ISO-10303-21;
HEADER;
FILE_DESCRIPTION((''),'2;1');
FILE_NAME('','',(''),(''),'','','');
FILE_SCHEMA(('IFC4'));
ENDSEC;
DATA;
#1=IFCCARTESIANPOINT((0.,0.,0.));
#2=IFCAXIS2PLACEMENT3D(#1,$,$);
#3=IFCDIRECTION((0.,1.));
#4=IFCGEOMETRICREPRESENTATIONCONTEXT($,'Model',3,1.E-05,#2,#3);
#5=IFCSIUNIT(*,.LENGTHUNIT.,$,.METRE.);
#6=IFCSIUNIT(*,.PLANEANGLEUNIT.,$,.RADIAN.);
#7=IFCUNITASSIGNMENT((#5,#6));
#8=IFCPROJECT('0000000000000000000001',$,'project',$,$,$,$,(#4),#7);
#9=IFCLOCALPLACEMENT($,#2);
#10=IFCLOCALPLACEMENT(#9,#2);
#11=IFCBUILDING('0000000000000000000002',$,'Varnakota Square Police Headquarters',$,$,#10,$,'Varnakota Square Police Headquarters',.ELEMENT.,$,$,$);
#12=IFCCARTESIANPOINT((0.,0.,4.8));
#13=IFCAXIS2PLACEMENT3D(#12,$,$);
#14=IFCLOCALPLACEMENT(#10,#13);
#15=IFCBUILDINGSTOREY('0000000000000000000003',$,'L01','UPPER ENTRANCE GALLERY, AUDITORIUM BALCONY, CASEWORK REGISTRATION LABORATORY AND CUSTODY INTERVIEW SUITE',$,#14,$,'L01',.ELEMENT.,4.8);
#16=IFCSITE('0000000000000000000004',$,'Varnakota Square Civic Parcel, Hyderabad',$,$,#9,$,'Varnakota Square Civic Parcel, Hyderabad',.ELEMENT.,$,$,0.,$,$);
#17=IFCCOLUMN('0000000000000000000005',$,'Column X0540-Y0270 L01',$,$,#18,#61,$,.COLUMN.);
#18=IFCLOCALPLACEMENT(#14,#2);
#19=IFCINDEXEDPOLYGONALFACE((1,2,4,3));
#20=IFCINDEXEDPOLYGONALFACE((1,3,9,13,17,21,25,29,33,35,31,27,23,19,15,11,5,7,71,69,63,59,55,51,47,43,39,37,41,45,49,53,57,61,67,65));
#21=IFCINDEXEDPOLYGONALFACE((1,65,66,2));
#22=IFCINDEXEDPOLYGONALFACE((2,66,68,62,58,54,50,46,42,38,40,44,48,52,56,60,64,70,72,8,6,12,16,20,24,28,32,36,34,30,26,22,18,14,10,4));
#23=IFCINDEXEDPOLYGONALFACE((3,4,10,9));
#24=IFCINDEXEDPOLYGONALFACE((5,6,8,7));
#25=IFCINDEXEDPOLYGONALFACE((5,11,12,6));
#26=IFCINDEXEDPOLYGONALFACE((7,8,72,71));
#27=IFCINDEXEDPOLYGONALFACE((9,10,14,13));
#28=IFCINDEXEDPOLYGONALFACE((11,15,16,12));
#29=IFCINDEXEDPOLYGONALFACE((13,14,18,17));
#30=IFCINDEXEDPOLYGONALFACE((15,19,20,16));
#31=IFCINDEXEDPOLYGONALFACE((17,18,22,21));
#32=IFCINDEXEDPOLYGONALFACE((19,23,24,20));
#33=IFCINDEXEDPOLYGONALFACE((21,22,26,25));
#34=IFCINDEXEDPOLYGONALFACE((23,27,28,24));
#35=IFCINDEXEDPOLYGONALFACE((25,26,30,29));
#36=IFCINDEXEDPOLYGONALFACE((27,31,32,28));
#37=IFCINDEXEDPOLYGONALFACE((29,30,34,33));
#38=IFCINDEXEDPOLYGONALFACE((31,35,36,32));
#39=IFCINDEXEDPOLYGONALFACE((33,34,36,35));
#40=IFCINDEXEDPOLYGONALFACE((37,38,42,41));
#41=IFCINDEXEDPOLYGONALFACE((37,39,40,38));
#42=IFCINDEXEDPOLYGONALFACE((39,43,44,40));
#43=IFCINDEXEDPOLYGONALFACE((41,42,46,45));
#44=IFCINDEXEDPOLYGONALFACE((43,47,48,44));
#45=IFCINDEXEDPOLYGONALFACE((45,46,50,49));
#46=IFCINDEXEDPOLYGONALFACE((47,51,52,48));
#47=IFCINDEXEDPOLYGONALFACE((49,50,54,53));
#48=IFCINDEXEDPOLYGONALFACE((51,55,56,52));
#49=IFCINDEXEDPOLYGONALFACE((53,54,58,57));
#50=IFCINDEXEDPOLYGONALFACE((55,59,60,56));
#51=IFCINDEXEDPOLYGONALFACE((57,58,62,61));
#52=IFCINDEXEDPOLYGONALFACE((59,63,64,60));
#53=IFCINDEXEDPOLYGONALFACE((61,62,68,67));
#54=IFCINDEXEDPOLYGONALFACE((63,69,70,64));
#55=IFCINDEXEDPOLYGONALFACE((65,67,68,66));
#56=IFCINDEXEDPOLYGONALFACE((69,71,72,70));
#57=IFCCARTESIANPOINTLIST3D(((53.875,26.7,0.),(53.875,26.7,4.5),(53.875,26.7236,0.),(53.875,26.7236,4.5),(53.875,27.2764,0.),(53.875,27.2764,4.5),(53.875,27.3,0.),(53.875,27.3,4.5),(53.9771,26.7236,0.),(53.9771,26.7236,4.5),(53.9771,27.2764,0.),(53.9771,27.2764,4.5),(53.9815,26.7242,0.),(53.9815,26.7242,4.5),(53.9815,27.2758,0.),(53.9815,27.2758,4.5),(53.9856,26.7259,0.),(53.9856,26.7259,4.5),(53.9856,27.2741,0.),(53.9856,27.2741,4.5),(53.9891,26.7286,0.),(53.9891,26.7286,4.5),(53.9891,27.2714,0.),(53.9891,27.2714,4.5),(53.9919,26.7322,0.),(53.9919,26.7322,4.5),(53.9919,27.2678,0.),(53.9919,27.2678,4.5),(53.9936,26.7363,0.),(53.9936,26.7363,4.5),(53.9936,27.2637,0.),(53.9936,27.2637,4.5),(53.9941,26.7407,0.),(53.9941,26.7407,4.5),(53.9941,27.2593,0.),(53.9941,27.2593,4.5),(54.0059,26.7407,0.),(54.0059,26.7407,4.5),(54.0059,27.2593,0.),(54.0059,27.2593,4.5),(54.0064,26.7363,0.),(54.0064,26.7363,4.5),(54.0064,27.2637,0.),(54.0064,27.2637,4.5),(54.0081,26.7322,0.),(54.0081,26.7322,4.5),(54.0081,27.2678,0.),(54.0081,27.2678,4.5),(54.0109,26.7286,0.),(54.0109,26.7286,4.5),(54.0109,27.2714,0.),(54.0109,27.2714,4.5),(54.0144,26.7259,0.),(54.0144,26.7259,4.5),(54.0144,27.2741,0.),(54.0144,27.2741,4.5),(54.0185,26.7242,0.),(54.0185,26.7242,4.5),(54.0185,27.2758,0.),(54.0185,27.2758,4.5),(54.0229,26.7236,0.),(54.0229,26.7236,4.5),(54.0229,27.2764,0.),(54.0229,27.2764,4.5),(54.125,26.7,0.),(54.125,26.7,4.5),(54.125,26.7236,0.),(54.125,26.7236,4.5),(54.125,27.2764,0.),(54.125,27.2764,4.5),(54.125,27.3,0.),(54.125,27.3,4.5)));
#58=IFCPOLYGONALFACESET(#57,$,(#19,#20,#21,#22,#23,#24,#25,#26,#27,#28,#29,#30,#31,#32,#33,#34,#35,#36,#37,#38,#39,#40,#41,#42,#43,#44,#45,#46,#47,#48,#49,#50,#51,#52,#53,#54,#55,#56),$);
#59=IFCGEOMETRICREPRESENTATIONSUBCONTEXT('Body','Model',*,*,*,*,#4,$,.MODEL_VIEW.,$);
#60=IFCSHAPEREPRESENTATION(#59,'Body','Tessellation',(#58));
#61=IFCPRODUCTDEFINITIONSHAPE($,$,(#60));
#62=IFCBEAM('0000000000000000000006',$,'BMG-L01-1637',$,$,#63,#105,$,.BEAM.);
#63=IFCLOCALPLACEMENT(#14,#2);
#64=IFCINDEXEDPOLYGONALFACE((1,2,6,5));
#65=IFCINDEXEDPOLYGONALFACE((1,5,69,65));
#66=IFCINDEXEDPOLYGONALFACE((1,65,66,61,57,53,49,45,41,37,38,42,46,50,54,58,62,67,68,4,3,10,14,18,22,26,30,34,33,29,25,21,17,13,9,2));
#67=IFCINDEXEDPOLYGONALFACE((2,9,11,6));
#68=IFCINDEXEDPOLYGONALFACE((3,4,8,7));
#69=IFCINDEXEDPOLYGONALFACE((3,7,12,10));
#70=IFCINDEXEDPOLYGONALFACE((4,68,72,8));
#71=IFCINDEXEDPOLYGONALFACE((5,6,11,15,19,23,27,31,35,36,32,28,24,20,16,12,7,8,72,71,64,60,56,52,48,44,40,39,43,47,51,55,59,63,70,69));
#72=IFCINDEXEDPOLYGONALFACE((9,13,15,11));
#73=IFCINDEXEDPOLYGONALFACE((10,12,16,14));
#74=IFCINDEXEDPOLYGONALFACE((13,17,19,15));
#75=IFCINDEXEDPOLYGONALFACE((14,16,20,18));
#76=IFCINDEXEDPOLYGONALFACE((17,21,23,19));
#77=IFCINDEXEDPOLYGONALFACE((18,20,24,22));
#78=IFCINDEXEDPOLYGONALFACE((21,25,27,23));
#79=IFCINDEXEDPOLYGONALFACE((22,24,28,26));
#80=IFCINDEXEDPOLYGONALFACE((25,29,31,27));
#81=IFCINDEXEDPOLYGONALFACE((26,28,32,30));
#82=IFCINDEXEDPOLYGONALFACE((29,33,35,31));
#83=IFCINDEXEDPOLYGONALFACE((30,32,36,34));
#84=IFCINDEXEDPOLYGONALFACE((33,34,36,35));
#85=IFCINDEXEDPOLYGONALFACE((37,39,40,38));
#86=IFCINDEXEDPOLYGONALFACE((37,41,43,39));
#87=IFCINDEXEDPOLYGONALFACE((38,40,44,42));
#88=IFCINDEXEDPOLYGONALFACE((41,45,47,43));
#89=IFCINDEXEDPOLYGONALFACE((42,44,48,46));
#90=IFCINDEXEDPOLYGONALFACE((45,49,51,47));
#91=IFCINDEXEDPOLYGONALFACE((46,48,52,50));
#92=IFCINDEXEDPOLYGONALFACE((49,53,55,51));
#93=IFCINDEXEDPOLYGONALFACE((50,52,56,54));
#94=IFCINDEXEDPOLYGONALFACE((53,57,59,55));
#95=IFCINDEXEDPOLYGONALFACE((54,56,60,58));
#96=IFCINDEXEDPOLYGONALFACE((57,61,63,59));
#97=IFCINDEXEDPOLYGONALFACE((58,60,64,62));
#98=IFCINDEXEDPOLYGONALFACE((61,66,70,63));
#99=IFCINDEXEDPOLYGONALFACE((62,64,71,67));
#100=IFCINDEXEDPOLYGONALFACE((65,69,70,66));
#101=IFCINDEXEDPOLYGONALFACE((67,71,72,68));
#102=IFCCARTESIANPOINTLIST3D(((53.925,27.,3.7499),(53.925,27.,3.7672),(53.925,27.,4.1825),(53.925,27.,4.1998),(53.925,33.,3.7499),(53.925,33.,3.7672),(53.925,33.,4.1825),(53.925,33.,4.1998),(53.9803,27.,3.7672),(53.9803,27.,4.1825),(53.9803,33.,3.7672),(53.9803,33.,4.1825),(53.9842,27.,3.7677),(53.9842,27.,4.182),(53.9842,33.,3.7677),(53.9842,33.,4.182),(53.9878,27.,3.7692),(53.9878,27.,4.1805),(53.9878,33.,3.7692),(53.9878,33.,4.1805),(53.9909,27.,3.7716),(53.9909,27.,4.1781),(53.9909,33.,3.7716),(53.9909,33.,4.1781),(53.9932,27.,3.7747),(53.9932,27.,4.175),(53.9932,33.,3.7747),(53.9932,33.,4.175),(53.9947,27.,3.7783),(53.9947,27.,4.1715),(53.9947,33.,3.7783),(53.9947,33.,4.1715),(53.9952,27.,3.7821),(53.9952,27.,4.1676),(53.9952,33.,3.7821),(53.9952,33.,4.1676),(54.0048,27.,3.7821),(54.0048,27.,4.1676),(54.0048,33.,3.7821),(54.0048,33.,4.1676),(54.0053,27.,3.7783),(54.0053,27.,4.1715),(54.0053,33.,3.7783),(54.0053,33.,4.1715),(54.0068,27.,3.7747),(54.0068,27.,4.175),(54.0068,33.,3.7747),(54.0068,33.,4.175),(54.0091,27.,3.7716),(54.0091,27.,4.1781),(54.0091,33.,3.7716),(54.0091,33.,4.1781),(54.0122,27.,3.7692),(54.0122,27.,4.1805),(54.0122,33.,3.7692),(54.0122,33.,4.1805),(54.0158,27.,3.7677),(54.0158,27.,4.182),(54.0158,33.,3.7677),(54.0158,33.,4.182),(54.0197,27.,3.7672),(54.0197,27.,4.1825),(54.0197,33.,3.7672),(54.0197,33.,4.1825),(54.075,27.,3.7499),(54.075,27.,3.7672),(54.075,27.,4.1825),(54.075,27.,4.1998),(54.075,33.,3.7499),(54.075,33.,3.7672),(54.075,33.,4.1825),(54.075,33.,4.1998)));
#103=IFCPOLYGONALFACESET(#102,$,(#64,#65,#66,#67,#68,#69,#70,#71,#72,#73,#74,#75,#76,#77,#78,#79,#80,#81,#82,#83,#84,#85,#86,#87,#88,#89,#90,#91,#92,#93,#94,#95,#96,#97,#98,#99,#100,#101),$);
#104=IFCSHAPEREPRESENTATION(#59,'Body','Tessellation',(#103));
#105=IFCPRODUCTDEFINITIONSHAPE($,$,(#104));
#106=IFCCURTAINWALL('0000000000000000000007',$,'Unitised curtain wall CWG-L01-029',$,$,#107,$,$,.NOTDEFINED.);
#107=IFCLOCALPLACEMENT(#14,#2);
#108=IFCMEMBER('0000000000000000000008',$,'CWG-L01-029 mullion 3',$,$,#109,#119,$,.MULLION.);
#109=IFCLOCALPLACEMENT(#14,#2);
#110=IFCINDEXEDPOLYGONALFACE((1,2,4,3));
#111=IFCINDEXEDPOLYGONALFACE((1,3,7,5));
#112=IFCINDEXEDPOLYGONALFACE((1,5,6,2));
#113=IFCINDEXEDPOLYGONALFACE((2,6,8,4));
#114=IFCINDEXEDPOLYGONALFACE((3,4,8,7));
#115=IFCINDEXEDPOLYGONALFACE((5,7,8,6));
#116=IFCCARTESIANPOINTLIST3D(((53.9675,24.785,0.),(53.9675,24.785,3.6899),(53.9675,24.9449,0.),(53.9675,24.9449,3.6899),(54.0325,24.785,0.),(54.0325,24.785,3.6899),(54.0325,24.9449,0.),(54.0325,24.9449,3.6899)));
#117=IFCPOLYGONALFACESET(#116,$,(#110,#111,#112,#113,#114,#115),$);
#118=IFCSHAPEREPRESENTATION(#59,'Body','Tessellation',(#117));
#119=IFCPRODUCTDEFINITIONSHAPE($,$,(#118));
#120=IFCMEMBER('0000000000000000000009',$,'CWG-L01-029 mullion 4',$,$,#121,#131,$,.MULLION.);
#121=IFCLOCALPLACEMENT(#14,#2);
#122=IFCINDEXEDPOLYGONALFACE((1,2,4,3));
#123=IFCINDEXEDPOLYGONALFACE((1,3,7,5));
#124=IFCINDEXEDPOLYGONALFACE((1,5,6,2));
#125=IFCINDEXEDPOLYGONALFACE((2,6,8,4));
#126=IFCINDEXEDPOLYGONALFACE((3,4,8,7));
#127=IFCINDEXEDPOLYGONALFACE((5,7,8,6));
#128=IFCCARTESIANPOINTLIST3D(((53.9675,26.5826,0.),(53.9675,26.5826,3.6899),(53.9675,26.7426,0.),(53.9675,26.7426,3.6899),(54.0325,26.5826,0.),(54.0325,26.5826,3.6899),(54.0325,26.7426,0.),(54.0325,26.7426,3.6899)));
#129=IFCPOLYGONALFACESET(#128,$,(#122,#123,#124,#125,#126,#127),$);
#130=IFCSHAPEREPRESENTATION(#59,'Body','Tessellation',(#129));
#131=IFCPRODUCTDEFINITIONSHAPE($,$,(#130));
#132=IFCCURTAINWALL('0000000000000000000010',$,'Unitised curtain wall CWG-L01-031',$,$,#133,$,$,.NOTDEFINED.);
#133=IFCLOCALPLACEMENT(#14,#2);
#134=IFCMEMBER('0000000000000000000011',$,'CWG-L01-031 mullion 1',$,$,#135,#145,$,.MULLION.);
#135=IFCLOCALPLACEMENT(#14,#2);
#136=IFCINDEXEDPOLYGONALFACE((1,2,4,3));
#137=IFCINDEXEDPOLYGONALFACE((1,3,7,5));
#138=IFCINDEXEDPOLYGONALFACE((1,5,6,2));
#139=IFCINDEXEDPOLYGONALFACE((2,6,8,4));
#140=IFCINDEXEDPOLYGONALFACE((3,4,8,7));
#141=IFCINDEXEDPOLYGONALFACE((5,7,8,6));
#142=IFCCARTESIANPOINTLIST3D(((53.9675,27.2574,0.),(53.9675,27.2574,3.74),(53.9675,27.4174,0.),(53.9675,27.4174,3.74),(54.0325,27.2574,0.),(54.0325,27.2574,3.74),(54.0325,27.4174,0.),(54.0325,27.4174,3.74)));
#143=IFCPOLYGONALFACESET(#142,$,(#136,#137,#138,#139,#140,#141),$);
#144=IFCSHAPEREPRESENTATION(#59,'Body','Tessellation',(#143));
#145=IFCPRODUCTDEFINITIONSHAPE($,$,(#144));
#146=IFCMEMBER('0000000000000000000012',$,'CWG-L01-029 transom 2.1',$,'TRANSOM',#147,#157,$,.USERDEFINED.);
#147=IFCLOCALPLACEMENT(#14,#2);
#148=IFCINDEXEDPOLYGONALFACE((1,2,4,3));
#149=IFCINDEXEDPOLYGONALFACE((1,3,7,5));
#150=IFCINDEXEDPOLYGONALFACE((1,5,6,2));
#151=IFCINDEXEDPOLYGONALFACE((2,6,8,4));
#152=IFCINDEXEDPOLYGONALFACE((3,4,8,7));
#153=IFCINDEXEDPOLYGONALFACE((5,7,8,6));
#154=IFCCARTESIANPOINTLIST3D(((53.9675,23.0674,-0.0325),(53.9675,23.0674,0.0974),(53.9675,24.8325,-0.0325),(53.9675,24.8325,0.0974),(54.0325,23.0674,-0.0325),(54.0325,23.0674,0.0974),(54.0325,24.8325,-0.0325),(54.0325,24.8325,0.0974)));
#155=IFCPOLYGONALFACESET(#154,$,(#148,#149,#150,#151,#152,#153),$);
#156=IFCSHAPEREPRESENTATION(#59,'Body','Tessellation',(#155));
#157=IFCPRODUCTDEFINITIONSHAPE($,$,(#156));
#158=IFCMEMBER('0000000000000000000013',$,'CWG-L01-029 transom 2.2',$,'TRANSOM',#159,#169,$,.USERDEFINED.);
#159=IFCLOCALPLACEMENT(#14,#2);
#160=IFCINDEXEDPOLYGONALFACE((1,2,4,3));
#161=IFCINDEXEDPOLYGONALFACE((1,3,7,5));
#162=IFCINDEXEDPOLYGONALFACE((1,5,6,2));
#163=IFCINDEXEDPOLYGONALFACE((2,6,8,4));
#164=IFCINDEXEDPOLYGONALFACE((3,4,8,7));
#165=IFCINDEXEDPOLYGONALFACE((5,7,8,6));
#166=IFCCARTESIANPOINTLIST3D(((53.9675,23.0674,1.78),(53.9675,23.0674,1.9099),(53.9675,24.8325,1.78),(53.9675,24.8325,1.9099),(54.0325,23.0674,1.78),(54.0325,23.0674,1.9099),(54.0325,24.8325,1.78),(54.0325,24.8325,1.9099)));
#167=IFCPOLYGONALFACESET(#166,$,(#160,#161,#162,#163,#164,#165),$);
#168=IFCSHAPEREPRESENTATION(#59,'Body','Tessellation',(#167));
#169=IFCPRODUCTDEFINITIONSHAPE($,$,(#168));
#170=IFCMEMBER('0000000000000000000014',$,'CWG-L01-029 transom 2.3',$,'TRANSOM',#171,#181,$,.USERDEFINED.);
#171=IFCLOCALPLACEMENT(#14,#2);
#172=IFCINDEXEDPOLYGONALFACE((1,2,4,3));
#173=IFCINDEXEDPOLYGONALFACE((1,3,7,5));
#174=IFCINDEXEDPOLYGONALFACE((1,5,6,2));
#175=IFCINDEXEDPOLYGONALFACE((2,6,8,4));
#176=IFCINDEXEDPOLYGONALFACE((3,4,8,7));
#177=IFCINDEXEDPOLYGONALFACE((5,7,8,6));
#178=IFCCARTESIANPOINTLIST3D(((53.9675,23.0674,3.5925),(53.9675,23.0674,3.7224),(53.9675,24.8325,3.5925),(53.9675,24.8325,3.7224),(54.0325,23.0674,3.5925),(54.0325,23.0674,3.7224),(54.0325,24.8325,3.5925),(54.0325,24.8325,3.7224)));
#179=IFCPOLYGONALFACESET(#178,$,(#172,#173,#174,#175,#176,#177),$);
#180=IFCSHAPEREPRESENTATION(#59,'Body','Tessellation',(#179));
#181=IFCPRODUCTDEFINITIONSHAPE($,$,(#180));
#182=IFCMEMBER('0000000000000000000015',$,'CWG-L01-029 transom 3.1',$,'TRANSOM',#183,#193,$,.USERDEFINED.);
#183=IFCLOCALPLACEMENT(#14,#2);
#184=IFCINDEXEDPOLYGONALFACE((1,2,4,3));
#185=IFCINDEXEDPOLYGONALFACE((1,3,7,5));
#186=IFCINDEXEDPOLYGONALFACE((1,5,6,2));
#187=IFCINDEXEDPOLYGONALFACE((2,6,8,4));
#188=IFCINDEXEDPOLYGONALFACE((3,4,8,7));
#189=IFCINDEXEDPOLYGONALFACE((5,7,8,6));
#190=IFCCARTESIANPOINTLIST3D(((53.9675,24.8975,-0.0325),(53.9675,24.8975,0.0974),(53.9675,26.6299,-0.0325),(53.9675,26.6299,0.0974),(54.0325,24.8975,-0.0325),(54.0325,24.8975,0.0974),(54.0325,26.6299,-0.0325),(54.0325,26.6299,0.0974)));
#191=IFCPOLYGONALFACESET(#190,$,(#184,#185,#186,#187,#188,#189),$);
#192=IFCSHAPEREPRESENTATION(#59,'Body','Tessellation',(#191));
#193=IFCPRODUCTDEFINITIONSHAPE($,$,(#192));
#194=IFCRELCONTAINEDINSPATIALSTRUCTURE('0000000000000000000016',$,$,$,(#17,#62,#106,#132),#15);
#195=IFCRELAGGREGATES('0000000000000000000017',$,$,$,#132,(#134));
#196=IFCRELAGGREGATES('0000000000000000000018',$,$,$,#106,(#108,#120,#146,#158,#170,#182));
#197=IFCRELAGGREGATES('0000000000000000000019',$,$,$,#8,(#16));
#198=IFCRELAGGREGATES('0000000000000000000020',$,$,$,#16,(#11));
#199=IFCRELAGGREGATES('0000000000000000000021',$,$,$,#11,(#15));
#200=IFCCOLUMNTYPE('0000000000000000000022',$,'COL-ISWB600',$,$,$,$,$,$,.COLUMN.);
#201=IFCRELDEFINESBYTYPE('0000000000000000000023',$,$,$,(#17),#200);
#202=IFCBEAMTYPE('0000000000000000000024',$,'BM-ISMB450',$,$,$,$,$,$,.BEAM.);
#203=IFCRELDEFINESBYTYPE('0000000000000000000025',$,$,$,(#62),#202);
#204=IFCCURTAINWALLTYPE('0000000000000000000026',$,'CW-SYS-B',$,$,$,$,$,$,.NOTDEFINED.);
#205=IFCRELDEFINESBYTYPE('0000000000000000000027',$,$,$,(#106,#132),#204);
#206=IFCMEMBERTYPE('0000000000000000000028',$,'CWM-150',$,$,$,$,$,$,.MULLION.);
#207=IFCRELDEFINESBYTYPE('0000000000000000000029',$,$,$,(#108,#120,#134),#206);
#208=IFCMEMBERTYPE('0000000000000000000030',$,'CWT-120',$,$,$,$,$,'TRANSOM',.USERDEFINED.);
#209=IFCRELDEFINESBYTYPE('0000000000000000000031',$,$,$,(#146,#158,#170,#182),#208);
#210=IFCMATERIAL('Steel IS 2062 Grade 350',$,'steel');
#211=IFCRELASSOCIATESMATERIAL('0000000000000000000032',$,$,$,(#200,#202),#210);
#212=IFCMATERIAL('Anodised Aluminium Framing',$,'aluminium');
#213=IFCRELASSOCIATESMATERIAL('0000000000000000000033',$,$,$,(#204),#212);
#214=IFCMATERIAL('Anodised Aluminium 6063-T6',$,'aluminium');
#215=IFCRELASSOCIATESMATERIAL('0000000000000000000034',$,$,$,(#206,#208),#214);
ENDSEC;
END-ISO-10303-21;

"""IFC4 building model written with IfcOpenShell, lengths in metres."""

from ifc_helpers import new_model, si_unit, direction, frame, origin, origin_2d, place, context, subcontext, project, spatial, rectangle, i_section, extrude, material, material_profile, profile_set, type_object, element, aggregate, save


model = new_model("IFC4")

# Units and contexts
model_context = context("Model", 3, precision=1e-05, world=origin(), true_north=direction((0.0, 1.0)))
body_context = subcontext(model_context, "Body", "Model", "MODEL_VIEW")
ifc_project = project(units=[si_unit("LENGTHUNIT", "METRE"), si_unit("PLANEANGLEUNIT", "RADIAN")], contexts=[model_context])

# Site, building, storey
site_placement = place(None, origin())
site = spatial("IfcSite", under=ifc_project, at=site_placement, Name="Varnakota Square Civic Parcel, Hyderabad", LongName="Varnakota Square Civic Parcel, Hyderabad", CompositionType="ELEMENT", RefElevation=0.0)
building_placement = place(site_placement, origin())
building = spatial("IfcBuilding", under=site, at=building_placement, Name="Varnakota Square Police Headquarters", LongName="Varnakota Square Police Headquarters", CompositionType="ELEMENT")
storey_placement = place(building_placement, frame((0.0, 0.0, 4.8)))
storey = spatial("IfcBuildingStorey", under=building, at=storey_placement, Name="L01", Description="UPPER ENTRANCE GALLERY, AUDITORIUM BALCONY, CASEWORK REGISTRATION LABORATORY AND CUSTODY INTERVIEW SUITE", LongName="L01", CompositionType="ELEMENT", Elevation=4.8)

# Column
ifc_material_1 = material(Name="Steel IS 2062 Grade 350", Category="steel")
ifc_material_profile_1 = material_profile(ifc_material_1, i_section(OverallWidth=0.25, OverallDepth=0.6001, WebThickness=0.0117, FlangeThickness=0.0237, FilletRadius=0.0171, at=origin_2d()), Name="ISWB 600")
ifc_profile_set_1 = profile_set([ifc_material_profile_1], Name="Steel IS 2062 Grade 350")
column_type = type_object("IfcColumnType", Name="COL-ISWB600", PredefinedType="COLUMN", material=ifc_profile_set_1)
column_placement = place(storey_placement, frame((54.0, 27.0, 0.0), z_axis=(0.0, 0.0, 1.0), x_axis=(1.0, 0.0, 0.0)))
element("IfcColumn", 1, at=column_placement, inside=storey, type_object=column_type, Name="Column X0540-Y0270 L01", PredefinedType="COLUMN", context=body_context, shape_type="SweptSolid", body=[
    extrude(i_section(OverallWidth=0.25, OverallDepth=0.6001, WebThickness=0.0117, FlangeThickness=0.0237, FilletRadius=0.0171, at=origin_2d()), origin(), (0.0, 0.0, 1.0), 4.5),
])

# Beam
ifc_material_profile_2 = material_profile(ifc_material_1, i_section(OverallWidth=0.1499, OverallDepth=0.45, WebThickness=0.0095, FlangeThickness=0.0173, FilletRadius=0.0149, at=origin_2d()), Name="ISMB 450")
ifc_profile_set_2 = profile_set([ifc_material_profile_2], Name="Steel IS 2062 Grade 350")
beam_type = type_object("IfcBeamType", Name="BM-ISMB450", PredefinedType="BEAM", material=ifc_profile_set_2)
beam_placement = place(storey_placement, frame((54.0, 27.0, 3.9749), z_axis=(0.0, 1.0, 0.0), x_axis=(-1.0, 0.0, 0.0)))
element("IfcBeam", 2, at=beam_placement, inside=storey, type_object=beam_type, Name="BMG-L01-1637", PredefinedType="BEAM", context=body_context, shape_type="SweptSolid", body=[
    extrude(i_section(OverallWidth=0.1499, OverallDepth=0.45, WebThickness=0.0095, FlangeThickness=0.0173, FilletRadius=0.0149, at=origin_2d()), origin(), (0.0, 0.0, 1.0), 6.0),
])

# Curtain wall, members
ifc_material_2 = material(Name="Anodised Aluminium Framing", Category="aluminium")
curtain_wall_type_1 = type_object("IfcCurtainWallType", Name="CW-SYS-B", PredefinedType="NOTDEFINED", material=ifc_material_2)
curtain_wall_1_placement = place(storey_placement, origin())
curtain_wall_1 = element("IfcCurtainWall", 3, at=curtain_wall_1_placement, inside=storey, type_object=curtain_wall_type_1, Name="Unitised curtain wall CWG-L01-029", PredefinedType="NOTDEFINED")
ifc_material_3 = material(Name="Anodised Aluminium 6063-T6", Category="aluminium")
ifc_material_profile_3 = material_profile(ifc_material_3, rectangle(XDim=0.0649, YDim=0.1599, at=origin_2d()), Name="ALU MULLION 65x160")
ifc_profile_set_3 = profile_set([ifc_material_profile_3], Name="Anodised Aluminium 6063-T6")
member_type_1 = type_object("IfcMemberType", Name="CWM-150", PredefinedType="MULLION", material=ifc_profile_set_3)
member_1_placement = place(storey_placement, frame((54.0, 24.865, 0.0), z_axis=(0.0, 0.0, 1.0), x_axis=(-1.0, 0.0, 0.0)))
member_1 = element("IfcMember", 4, at=member_1_placement, type_object=member_type_1, Name="CWG-L01-029 mullion 3", PredefinedType="MULLION", context=body_context, shape_type="SweptSolid", body=[
    extrude(rectangle(XDim=0.0649, YDim=0.1599, at=origin_2d()), origin(), (0.0, 0.0, 1.0), 3.6899),
])
member_2_placement = place(storey_placement, frame((54.0, 26.6626, 0.0), z_axis=(0.0, 0.0, 1.0), x_axis=(-1.0, 0.0, 0.0)))
member_2 = element("IfcMember", 5, at=member_2_placement, type_object=member_type_1, Name="CWG-L01-029 mullion 4", PredefinedType="MULLION", context=body_context, shape_type="SweptSolid", body=[
    extrude(rectangle(XDim=0.0649, YDim=0.1599, at=origin_2d()), origin(), (0.0, 0.0, 1.0), 3.6899),
])

# Curtain wall, member
curtain_wall_2_placement = place(storey_placement, origin())
curtain_wall_2 = element("IfcCurtainWall", 6, at=curtain_wall_2_placement, inside=storey, type_object=curtain_wall_type_1, Name="Unitised curtain wall CWG-L01-031", PredefinedType="NOTDEFINED")
member_3_placement = place(storey_placement, frame((54.0, 27.3374, 0.0), z_axis=(0.0, 0.0, 1.0), x_axis=(-1.0, 0.0, 0.0)))
member_3 = element("IfcMember", 7, at=member_3_placement, type_object=member_type_1, Name="CWG-L01-031 mullion 1", PredefinedType="MULLION", context=body_context, shape_type="SweptSolid", body=[
    extrude(rectangle(XDim=0.0649, YDim=0.1599, at=origin_2d()), origin(), (0.0, 0.0, 1.0), 3.74),
])

# Members
ifc_material_profile_4 = material_profile(ifc_material_3, rectangle(XDim=0.0649, YDim=0.1299, at=origin_2d()), Name="ALU TRANSOM 65x130")
ifc_profile_set_4 = profile_set([ifc_material_profile_4], Name="Anodised Aluminium 6063-T6")
member_type_2 = type_object("IfcMemberType", Name="CWT-120", ElementType="TRANSOM", PredefinedType="USERDEFINED", material=ifc_profile_set_4)
member_4_placement = place(storey_placement, frame((54.0, 23.0674, 0.0325), z_axis=(0.0, 1.0, 0.0), x_axis=(-1.0, 0.0, 0.0)))
member_4 = element("IfcMember", 8, at=member_4_placement, type_object=member_type_2, Name="CWG-L01-029 transom 2.1", ObjectType="TRANSOM", PredefinedType="USERDEFINED", context=body_context, shape_type="SweptSolid", body=[
    extrude(rectangle(XDim=0.0649, YDim=0.1299, at=origin_2d()), origin(), (0.0, 0.0, 1.0), 1.7651),
])
member_5_placement = place(storey_placement, frame((54.0, 23.0674, 1.845), z_axis=(0.0, 1.0, 0.0), x_axis=(-1.0, 0.0, 0.0)))
member_5 = element("IfcMember", 9, at=member_5_placement, type_object=member_type_2, Name="CWG-L01-029 transom 2.2", ObjectType="TRANSOM", PredefinedType="USERDEFINED", context=body_context, shape_type="SweptSolid", body=[
    extrude(rectangle(XDim=0.0649, YDim=0.1299, at=origin_2d()), origin(), (0.0, 0.0, 1.0), 1.7651),
])
member_6_placement = place(storey_placement, frame((54.0, 23.0674, 3.6575), z_axis=(0.0, 1.0, 0.0), x_axis=(-1.0, 0.0, 0.0)))
member_6 = element("IfcMember", 10, at=member_6_placement, type_object=member_type_2, Name="CWG-L01-029 transom 2.3", ObjectType="TRANSOM", PredefinedType="USERDEFINED", context=body_context, shape_type="SweptSolid", body=[
    extrude(rectangle(XDim=0.0649, YDim=0.1299, at=origin_2d()), origin(), (0.0, 0.0, 1.0), 1.7651),
])
member_7_placement = place(storey_placement, frame((54.0, 24.8975, 0.0325), z_axis=(0.0, 1.0, 0.0), x_axis=(-1.0, 0.0, 0.0)))
member_7 = element("IfcMember", 11, at=member_7_placement, type_object=member_type_2, Name="CWG-L01-029 transom 3.1", ObjectType="TRANSOM", PredefinedType="USERDEFINED", context=body_context, shape_type="SweptSolid", body=[
    extrude(rectangle(XDim=0.0649, YDim=0.1299, at=origin_2d()), origin(), (0.0, 0.0, 1.0), 1.7324),
])

aggregate(curtain_wall_2, [member_3])
aggregate(curtain_wall_1, [member_1, member_2, member_4, member_5, member_6, member_7])

save(model, "model.ifc")
